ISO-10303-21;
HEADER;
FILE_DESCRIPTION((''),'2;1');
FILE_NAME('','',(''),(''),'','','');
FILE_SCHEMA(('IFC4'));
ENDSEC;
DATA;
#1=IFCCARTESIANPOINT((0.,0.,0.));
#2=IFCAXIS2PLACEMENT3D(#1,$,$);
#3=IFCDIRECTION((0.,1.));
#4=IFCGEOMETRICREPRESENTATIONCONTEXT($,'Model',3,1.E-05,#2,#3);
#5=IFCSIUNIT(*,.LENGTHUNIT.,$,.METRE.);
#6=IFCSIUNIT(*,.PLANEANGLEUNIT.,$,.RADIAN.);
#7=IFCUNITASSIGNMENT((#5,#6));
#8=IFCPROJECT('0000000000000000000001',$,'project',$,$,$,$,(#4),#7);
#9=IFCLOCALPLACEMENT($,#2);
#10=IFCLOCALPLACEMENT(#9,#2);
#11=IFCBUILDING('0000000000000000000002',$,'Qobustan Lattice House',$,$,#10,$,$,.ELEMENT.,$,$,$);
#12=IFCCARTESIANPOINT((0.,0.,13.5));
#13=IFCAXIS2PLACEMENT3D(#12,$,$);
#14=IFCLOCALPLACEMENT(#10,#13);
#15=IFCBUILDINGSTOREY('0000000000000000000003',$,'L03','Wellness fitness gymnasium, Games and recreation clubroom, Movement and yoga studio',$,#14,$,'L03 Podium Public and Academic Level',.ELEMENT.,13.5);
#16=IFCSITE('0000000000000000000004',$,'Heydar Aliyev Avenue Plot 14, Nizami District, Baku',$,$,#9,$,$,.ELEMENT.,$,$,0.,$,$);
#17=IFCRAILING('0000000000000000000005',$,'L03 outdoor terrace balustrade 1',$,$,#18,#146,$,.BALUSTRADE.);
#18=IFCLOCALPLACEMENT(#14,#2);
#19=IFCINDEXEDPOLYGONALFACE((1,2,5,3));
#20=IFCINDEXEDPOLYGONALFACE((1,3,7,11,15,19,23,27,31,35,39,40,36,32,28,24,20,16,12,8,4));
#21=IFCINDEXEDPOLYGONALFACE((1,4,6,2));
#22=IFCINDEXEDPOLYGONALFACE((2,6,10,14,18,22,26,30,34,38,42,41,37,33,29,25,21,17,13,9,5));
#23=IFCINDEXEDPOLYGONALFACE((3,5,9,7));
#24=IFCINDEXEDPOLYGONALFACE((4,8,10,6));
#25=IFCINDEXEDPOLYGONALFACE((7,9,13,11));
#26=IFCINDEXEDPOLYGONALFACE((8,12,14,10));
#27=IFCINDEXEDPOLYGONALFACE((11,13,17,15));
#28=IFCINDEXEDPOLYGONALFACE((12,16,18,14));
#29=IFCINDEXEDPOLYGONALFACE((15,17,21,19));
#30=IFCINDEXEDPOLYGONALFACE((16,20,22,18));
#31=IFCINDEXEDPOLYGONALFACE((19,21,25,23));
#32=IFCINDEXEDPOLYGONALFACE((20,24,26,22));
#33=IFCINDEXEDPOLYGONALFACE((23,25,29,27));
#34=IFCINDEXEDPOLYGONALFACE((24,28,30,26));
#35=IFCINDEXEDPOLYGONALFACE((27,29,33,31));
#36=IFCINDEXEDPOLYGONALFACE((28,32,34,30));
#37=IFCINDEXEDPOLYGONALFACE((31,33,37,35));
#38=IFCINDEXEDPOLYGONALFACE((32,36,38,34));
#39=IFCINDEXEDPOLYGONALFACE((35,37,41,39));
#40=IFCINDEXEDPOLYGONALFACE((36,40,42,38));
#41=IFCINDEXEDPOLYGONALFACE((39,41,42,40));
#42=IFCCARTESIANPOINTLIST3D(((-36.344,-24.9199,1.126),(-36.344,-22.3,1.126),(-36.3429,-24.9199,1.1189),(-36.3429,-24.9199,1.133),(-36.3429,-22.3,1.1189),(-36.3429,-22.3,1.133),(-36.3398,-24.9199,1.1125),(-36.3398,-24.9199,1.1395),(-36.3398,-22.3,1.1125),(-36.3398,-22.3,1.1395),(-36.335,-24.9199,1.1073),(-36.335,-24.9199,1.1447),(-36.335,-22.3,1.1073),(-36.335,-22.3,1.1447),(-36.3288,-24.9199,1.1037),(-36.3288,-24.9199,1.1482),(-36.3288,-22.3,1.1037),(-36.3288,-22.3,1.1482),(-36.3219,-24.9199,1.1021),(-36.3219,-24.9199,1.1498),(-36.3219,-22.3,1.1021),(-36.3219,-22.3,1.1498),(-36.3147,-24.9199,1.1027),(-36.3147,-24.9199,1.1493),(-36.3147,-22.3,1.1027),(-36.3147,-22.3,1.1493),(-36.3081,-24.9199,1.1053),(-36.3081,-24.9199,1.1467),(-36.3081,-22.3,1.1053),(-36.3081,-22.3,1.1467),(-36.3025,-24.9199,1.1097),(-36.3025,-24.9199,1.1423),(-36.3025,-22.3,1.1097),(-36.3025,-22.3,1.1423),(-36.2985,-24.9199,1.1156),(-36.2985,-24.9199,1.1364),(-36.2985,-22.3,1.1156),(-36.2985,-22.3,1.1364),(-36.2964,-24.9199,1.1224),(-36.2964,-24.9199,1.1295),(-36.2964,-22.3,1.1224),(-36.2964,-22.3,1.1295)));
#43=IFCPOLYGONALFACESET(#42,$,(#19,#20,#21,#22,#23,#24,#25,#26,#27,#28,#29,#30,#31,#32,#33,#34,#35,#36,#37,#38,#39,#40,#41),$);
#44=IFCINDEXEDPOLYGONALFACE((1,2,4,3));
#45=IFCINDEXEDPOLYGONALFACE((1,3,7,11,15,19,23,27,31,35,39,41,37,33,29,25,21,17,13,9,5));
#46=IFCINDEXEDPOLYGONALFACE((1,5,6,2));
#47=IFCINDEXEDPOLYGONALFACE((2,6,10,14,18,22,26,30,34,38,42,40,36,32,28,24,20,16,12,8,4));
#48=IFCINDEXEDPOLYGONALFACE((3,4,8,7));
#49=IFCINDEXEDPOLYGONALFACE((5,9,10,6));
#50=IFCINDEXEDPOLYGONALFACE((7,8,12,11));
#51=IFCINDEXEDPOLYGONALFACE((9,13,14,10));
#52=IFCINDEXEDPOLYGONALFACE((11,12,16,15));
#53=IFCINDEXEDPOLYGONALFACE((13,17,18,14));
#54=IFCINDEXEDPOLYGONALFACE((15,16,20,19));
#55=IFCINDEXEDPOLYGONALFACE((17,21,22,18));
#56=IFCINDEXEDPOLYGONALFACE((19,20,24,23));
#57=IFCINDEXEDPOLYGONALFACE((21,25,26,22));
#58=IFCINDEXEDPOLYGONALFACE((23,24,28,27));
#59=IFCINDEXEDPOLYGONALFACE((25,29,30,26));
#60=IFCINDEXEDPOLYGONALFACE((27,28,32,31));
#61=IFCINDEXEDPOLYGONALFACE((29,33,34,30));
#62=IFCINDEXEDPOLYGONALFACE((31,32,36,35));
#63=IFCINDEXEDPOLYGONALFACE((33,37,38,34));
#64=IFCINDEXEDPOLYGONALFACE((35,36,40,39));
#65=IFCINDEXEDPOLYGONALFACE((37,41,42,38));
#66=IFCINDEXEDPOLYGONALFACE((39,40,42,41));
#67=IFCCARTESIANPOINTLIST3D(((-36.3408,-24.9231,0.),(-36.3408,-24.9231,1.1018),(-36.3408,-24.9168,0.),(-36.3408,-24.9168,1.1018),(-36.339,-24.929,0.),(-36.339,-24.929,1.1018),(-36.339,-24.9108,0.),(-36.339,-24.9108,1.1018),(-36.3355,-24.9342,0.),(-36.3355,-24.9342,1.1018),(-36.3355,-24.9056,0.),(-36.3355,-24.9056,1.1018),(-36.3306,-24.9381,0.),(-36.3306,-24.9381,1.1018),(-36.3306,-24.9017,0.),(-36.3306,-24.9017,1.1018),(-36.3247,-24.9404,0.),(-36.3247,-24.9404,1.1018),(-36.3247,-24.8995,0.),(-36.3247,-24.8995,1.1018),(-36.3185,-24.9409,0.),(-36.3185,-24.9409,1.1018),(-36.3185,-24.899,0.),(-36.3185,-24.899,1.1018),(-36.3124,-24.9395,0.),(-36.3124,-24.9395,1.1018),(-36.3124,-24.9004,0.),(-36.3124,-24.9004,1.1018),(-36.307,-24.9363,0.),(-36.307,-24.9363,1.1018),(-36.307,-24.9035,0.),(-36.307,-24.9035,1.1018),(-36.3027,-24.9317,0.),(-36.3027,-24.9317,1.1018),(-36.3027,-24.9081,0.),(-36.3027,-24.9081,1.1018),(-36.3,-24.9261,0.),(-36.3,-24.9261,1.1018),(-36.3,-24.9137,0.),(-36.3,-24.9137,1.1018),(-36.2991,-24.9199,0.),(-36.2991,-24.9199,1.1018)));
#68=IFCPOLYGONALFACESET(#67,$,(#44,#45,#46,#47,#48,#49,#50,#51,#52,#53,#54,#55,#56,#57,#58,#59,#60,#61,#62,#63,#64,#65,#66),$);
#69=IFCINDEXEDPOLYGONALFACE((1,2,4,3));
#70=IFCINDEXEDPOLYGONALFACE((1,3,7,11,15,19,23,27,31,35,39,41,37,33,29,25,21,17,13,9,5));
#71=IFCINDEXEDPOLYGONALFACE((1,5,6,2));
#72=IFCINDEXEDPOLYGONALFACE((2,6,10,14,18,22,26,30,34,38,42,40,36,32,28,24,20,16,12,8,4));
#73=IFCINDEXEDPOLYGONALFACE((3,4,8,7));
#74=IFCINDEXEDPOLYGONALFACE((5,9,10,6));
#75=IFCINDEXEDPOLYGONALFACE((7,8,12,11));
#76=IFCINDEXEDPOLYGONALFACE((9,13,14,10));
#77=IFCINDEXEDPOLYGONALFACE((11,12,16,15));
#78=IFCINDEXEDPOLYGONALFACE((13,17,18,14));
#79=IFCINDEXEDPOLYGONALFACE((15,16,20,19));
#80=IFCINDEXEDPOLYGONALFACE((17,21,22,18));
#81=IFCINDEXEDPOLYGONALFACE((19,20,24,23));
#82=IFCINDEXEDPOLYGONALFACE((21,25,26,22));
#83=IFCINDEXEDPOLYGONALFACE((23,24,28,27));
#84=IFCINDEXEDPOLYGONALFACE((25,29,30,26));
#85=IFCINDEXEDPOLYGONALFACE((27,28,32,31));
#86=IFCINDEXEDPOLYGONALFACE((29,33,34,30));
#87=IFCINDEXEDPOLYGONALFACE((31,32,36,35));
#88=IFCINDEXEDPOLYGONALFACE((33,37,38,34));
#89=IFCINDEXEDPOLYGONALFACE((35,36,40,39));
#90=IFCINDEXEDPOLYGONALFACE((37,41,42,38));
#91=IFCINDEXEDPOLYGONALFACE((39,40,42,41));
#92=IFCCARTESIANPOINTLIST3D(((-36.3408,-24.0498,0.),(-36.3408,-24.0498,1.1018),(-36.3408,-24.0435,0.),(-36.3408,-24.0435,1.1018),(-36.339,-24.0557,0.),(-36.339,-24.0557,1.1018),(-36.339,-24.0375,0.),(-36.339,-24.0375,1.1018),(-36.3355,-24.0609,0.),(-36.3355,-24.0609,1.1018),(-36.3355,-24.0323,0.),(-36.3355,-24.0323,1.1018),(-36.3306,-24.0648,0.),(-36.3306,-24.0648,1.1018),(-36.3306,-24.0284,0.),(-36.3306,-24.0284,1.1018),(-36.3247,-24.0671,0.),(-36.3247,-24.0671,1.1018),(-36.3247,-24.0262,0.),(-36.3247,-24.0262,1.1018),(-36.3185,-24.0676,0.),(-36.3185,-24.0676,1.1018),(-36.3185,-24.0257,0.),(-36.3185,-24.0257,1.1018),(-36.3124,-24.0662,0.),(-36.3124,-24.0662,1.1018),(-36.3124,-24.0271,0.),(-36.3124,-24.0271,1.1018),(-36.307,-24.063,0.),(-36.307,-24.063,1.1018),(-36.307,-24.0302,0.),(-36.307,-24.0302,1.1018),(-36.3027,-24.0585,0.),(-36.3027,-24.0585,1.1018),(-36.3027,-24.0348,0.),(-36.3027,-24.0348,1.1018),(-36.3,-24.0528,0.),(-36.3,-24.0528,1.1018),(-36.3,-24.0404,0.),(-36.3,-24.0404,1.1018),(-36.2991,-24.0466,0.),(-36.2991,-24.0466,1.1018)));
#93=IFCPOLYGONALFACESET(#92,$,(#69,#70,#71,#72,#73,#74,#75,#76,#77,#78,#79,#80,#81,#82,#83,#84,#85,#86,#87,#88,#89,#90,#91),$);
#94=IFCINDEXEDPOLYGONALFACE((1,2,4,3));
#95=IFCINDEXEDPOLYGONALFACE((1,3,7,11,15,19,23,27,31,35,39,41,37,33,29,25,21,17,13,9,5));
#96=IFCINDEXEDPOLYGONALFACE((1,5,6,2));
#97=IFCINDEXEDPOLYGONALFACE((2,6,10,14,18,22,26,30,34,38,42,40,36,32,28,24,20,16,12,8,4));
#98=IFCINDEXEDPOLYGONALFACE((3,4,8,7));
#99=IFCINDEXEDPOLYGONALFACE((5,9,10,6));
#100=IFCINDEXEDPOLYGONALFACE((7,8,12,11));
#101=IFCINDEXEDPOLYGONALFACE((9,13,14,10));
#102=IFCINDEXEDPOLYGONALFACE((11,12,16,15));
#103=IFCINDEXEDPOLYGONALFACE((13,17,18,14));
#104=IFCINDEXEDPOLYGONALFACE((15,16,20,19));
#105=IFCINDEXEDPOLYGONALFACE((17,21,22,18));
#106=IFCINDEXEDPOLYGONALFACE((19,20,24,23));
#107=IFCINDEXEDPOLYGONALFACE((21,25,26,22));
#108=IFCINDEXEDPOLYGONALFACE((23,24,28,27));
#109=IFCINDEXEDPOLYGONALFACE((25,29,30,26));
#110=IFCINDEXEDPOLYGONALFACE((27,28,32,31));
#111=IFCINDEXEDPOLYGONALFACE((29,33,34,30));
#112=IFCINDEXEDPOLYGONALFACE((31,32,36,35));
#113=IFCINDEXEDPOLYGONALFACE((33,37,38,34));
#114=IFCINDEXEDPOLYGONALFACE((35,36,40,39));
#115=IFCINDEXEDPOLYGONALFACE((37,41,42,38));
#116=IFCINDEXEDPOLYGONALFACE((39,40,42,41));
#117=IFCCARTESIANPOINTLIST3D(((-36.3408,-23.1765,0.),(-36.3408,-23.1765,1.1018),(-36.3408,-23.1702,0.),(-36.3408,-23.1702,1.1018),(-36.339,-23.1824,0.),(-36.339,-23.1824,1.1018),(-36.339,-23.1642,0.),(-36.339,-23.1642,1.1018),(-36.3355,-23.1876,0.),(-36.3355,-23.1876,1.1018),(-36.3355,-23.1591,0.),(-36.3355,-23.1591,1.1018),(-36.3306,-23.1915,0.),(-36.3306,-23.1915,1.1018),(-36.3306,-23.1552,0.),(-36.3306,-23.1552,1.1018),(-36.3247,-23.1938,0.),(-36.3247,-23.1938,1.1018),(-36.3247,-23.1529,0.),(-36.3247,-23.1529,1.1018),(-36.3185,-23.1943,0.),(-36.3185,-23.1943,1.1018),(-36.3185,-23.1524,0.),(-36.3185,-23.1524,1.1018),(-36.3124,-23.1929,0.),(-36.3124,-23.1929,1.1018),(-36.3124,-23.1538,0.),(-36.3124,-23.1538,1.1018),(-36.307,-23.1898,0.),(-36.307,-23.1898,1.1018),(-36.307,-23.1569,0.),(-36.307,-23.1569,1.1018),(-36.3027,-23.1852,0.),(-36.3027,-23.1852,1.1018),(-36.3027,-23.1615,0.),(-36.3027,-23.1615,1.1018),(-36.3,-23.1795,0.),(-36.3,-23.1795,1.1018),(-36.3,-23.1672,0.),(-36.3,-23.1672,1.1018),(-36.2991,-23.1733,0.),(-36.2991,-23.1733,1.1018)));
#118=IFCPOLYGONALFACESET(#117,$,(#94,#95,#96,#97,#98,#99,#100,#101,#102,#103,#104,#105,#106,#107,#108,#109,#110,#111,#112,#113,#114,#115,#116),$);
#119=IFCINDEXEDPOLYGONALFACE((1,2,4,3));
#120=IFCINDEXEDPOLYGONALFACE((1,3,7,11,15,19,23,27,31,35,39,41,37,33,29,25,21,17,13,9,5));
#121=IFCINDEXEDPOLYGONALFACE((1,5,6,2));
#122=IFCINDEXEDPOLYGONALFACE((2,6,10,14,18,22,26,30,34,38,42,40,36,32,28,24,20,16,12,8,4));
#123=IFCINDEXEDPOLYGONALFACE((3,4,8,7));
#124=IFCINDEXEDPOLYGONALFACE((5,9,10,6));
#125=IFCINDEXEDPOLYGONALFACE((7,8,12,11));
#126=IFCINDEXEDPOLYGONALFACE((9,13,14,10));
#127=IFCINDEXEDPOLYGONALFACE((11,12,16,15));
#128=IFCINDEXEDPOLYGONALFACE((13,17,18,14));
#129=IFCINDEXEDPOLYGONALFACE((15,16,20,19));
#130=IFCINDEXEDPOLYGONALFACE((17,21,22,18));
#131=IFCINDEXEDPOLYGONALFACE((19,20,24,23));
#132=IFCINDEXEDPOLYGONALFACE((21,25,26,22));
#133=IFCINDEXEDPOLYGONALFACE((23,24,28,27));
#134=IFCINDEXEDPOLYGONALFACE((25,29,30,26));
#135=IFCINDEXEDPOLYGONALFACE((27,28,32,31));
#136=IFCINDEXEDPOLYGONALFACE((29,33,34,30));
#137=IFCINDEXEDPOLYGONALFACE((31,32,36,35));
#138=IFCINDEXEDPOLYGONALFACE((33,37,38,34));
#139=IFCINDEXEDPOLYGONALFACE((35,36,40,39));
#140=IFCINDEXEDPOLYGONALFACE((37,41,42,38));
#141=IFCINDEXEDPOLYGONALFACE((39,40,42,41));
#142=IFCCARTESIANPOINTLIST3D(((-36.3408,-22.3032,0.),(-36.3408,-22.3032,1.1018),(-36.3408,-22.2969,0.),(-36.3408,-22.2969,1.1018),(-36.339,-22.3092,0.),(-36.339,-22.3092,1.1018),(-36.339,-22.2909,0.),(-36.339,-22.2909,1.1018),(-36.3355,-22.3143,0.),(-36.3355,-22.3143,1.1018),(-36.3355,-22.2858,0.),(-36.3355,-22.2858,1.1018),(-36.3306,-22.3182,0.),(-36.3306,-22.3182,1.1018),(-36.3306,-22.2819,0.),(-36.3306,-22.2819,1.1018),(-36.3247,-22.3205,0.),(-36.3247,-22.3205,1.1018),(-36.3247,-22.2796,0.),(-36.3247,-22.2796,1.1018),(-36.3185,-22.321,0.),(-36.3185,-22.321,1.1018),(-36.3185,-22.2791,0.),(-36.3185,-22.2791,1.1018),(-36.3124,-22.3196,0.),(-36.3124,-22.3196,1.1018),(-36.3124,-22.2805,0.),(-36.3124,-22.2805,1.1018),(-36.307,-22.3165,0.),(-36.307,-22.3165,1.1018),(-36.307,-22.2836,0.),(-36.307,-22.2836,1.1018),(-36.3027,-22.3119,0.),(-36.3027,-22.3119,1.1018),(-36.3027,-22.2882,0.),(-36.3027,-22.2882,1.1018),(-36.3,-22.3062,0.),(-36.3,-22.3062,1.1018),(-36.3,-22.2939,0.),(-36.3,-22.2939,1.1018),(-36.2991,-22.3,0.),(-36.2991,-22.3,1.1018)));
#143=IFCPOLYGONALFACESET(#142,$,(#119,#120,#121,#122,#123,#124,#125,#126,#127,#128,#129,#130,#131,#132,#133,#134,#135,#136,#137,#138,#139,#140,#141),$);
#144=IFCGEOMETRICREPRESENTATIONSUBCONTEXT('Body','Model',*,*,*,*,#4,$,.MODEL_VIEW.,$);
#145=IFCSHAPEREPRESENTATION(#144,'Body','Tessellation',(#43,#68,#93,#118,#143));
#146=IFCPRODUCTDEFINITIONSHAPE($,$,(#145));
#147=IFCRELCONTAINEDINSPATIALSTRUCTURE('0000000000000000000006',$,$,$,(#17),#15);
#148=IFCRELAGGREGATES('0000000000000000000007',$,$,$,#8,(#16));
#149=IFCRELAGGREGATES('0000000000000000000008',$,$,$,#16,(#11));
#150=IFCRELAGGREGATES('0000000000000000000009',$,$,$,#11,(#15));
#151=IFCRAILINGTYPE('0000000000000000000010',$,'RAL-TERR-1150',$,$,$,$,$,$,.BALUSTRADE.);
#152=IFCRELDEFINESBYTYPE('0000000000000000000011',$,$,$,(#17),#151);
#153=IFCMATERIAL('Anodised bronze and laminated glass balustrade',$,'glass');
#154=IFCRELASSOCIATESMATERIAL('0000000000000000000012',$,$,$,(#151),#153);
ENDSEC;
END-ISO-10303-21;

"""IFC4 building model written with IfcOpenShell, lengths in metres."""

from ifc_helpers import new_model, si_unit, direction, frame, origin, origin_2d, place, context, subcontext, project, spatial, circle, extrude, material, type_object, element, save


model = new_model("IFC4")

# Units and contexts
model_context = context("Model", 3, precision=1e-05, world=origin(), true_north=direction((0.0, 1.0)))
body_context = subcontext(model_context, "Body", "Model", "MODEL_VIEW")
ifc_project = project(units=[si_unit("LENGTHUNIT", "METRE"), si_unit("PLANEANGLEUNIT", "RADIAN")], contexts=[model_context])

# Site, building, storey
site_placement = place(None, origin())
site = spatial("IfcSite", under=ifc_project, at=site_placement, Name="Heydar Aliyev Avenue Plot 14, Nizami District, Baku", CompositionType="ELEMENT", RefElevation=0.0)
building_placement = place(site_placement, origin())
building = spatial("IfcBuilding", under=site, at=building_placement, Name="Qobustan Lattice House", CompositionType="ELEMENT")
storey_placement = place(building_placement, frame((0.0, 0.0, 13.5)))
storey = spatial("IfcBuildingStorey", under=building, at=storey_placement, Name="L03", Description="Wellness fitness gymnasium, Games and recreation clubroom, Movement and yoga studio", LongName="L03 Podium Public and Academic Level", CompositionType="ELEMENT", Elevation=13.5)

# Railing
ifc_material_1 = material(Name="Anodised bronze and laminated glass balustrade", Category="glass")
railing_type = type_object("IfcRailingType", Name="RAL-TERR-1150", PredefinedType="BALUSTRADE", material=ifc_material_1)
railing_placement = place(storey_placement, frame((-36.3201, -24.9199, 0.0)))
element("IfcRailing", 1, at=railing_placement, inside=storey, type_object=railing_type, Name="L03 outdoor terrace balustrade 1", PredefinedType="BALUSTRADE", context=body_context, shape_type="SweptSolid", body=[
    extrude(circle(Radius=0.0239, at=origin_2d()), frame((0.0, 0.0, 1.126), z_axis=(0.0, 1.0, 0.0), x_axis=(-1.0, 0.0, 0.0)), (0.0, 0.0, 1.0), 2.6199),
    extrude(circle(Radius=0.021, at=origin_2d()), origin(), (0.0, 0.0, 1.0), 1.1018),
    extrude(circle(Radius=0.021, at=origin_2d()), frame((0.0, 0.8733, 0.0)), (0.0, 0.0, 1.0), 1.1018),
    extrude(circle(Radius=0.021, at=origin_2d()), frame((0.0, 1.7466, 0.0)), (0.0, 0.0, 1.0), 1.1018),
    extrude(circle(Radius=0.021, at=origin_2d()), frame((0.0, 2.6199, 0.0)), (0.0, 0.0, 1.0), 1.1018),
])

save(model, "model.ifc")
